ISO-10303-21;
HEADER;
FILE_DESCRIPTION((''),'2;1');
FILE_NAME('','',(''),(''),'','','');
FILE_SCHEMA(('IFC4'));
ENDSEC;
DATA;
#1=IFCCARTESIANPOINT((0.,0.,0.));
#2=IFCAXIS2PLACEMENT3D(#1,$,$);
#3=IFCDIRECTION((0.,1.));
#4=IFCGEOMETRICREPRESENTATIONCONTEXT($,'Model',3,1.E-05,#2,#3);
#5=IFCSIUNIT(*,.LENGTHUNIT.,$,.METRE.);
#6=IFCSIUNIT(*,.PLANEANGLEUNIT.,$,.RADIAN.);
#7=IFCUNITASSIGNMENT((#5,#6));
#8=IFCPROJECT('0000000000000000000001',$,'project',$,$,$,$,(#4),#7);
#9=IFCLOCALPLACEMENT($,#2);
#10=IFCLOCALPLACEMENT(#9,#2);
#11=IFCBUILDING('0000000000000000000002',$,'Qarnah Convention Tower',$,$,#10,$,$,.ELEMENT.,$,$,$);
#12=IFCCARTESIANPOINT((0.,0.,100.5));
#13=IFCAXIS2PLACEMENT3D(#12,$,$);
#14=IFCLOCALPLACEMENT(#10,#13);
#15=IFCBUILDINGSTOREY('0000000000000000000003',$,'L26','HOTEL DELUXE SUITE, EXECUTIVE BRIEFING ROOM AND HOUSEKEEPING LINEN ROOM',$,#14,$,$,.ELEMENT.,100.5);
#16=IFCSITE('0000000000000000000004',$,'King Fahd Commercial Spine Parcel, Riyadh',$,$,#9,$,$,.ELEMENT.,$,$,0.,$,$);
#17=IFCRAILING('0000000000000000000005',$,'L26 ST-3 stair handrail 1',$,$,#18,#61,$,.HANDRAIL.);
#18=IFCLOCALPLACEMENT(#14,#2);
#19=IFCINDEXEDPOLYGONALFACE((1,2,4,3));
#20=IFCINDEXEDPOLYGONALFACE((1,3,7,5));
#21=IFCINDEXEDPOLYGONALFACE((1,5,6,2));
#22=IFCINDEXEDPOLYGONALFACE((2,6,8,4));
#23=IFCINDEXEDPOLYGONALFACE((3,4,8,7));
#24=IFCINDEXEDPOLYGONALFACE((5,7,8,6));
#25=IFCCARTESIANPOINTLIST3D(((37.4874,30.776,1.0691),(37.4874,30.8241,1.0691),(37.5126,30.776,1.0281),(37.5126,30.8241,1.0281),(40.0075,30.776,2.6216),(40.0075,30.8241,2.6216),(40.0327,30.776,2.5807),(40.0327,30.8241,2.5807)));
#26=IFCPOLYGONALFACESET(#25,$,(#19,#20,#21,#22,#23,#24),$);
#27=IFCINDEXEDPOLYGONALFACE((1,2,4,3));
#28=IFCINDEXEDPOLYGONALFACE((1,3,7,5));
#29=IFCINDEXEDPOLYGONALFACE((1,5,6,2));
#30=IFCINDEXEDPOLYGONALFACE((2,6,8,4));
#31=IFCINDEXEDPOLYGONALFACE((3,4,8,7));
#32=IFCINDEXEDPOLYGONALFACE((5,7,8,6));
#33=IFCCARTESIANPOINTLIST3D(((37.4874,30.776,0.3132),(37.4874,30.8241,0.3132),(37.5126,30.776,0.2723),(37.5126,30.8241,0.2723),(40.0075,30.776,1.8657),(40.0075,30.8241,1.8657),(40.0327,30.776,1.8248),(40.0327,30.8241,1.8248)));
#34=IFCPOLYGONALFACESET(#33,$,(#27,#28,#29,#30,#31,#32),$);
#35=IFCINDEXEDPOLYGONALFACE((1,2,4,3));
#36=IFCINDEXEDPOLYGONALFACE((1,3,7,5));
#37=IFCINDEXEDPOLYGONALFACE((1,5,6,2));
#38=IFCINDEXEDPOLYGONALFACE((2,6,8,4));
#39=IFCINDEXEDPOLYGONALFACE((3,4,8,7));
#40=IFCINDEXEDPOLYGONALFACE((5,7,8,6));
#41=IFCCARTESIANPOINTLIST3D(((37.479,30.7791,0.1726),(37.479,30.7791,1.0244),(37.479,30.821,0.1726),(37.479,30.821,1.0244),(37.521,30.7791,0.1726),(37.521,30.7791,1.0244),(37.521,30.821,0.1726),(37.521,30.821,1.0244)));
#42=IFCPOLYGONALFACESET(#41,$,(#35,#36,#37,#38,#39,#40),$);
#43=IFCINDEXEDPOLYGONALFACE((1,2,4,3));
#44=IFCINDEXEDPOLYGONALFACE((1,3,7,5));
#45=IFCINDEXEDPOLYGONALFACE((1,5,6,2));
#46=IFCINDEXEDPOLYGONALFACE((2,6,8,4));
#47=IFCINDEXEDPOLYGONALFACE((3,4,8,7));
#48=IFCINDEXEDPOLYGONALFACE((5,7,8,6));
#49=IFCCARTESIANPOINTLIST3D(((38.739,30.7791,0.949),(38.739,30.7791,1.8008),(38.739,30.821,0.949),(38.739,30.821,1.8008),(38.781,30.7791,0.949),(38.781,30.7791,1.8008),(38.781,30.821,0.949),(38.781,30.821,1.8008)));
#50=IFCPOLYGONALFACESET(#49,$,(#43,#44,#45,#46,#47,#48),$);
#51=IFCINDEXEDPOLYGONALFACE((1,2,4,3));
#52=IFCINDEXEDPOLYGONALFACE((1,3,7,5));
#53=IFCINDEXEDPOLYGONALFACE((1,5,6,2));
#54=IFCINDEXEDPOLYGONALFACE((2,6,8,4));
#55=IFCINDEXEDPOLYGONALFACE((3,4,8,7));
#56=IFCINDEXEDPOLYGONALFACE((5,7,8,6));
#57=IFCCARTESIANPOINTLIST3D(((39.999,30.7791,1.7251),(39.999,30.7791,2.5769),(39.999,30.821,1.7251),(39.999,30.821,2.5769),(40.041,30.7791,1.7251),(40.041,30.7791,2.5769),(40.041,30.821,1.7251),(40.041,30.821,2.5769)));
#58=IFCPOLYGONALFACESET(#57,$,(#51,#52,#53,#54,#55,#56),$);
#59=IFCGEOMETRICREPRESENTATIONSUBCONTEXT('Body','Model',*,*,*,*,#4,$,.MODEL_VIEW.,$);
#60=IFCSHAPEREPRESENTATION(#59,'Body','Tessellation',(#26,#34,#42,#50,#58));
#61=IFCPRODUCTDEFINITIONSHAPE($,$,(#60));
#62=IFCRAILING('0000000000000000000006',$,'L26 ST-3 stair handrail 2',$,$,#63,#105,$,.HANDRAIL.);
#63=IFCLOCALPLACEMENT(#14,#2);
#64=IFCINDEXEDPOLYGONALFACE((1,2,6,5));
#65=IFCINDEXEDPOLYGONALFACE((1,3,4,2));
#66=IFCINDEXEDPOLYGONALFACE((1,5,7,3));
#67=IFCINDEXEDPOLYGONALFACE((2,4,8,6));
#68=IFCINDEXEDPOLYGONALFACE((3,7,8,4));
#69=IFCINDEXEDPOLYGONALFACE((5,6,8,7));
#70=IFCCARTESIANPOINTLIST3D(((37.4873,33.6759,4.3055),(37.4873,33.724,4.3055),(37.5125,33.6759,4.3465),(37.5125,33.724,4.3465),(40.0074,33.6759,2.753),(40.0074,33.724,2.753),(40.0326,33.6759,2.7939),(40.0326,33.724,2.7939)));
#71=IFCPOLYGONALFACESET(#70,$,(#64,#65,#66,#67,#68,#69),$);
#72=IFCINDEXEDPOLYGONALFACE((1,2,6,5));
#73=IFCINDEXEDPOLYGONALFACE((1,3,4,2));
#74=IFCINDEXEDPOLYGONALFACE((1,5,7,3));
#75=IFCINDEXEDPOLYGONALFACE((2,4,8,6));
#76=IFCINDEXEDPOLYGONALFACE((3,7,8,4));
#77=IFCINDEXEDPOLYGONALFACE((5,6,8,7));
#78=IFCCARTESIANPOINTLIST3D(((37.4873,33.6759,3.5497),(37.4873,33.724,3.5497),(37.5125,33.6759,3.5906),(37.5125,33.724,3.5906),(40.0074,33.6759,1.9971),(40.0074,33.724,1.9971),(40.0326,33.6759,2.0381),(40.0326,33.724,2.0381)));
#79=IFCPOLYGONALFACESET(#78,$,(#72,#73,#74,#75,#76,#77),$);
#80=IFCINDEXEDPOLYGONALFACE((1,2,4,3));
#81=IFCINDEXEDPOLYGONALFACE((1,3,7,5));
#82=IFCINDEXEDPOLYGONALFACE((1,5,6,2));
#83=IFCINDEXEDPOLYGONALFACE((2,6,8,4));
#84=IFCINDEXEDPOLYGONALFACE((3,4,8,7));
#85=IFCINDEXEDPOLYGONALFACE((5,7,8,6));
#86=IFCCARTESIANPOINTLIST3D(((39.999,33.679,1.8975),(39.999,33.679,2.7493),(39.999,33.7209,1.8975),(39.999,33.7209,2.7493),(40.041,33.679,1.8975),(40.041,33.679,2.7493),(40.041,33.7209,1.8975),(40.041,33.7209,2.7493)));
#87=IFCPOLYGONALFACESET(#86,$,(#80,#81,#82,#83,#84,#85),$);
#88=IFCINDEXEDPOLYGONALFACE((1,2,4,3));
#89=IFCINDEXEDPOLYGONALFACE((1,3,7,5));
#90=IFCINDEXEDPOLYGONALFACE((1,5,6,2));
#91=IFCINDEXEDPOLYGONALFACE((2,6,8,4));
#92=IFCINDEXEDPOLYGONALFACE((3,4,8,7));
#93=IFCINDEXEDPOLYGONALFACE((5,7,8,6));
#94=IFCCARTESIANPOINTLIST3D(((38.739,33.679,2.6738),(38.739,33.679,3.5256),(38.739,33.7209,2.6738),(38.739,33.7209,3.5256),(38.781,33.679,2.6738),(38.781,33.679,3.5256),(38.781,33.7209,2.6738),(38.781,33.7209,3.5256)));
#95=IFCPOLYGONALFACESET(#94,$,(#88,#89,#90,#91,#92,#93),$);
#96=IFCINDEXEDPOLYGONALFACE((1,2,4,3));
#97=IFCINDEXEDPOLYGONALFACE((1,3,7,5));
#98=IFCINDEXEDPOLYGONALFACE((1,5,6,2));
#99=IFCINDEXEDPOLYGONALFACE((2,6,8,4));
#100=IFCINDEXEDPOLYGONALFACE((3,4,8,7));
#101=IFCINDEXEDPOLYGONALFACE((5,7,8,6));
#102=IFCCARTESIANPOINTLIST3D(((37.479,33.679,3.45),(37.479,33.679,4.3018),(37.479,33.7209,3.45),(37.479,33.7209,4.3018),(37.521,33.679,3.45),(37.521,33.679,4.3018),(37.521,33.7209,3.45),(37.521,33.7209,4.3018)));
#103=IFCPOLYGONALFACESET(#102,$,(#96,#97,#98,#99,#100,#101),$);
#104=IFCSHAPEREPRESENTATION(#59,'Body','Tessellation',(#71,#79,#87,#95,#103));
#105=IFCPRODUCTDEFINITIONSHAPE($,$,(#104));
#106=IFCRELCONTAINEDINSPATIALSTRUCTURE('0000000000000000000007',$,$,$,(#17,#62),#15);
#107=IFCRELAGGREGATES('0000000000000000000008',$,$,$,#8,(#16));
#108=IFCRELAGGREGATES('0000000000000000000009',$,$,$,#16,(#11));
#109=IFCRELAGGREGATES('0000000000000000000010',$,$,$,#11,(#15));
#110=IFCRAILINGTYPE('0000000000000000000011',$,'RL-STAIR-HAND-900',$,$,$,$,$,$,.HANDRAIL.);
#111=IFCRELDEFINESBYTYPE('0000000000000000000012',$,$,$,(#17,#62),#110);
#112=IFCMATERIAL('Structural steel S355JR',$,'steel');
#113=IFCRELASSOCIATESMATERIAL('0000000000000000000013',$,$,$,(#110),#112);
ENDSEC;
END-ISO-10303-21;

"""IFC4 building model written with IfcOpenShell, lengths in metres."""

from ifc_helpers import new_model, si_unit, direction, frame, origin, origin_2d, place, context, subcontext, project, spatial, rectangle, extrude, material, type_object, element, save


model = new_model("IFC4")

# Units and contexts
model_context = context("Model", 3, precision=1e-05, world=origin(), true_north=direction((0.0, 1.0)))
body_context = subcontext(model_context, "Body", "Model", "MODEL_VIEW")
ifc_project = project(units=[si_unit("LENGTHUNIT", "METRE"), si_unit("PLANEANGLEUNIT", "RADIAN")], contexts=[model_context])

# Site, building, storey
site_placement = place(None, origin())
site = spatial("IfcSite", under=ifc_project, at=site_placement, Name="King Fahd Commercial Spine Parcel, Riyadh", CompositionType="ELEMENT", RefElevation=0.0)
building_placement = place(site_placement, origin())
building = spatial("IfcBuilding", under=site, at=building_placement, Name="Qarnah Convention Tower", CompositionType="ELEMENT")
storey_placement = place(building_placement, frame((0.0, 0.0, 100.5)))
storey = spatial("IfcBuildingStorey", under=building, at=storey_placement, Name="L26", Description="HOTEL DELUXE SUITE, EXECUTIVE BRIEFING ROOM AND HOUSEKEEPING LINEN ROOM", CompositionType="ELEMENT", Elevation=100.5)

# Shared definitions
ifc_material_1 = material(Name="Structural steel S355JR", Category="steel")

# Railings
railing_type_1 = type_object("IfcRailingType", Name="RL-STAIR-HAND-900", PredefinedType="HANDRAIL", material=ifc_material_1)
railing_1_placement = place(storey_placement, frame((37.5, 30.8, 0.1726)))
element("IfcRailing", 1, at=railing_1_placement, inside=storey, type_object=railing_type_1, Name="L26 ST-3 stair handrail 1", PredefinedType="HANDRAIL", context=body_context, shape_type="SweptSolid", body=[
    extrude(rectangle(XDim=0.0481, YDim=0.0481, at=origin_2d()), frame((0.0, 0.0, 0.876), z_axis=(0.8514, 0.0, 0.524516), x_axis=(0.0, 1.0, 0.0)), (0.0, 0.0, 1.0), 2.96),
    extrude(rectangle(XDim=0.0481, YDim=0.0481, at=origin_2d()), frame((0.0, 0.0, 0.1201), z_axis=(0.8514, 0.0, 0.524516), x_axis=(0.0, 1.0, 0.0)), (0.0, 0.0, 1.0), 2.96),
    extrude(rectangle(XDim=0.042, YDim=0.042, at=origin_2d()), origin(), (0.0, 0.0, 1.0), 0.8518),
    extrude(rectangle(XDim=0.042, YDim=0.042, at=origin_2d()), frame((1.26, 0.0, 0.7764)), (0.0, 0.0, 1.0), 0.8518),
    extrude(rectangle(XDim=0.042, YDim=0.042, at=origin_2d()), frame((2.52, 0.0, 1.5525)), (0.0, 0.0, 1.0), 0.8518),
])
railing_2_placement = place(storey_placement, frame((40.02, 33.7, 1.8975)))
element("IfcRailing", 2, at=railing_2_placement, inside=storey, type_object=railing_type_1, Name="L26 ST-3 stair handrail 2", PredefinedType="HANDRAIL", context=body_context, shape_type="SweptSolid", body=[
    extrude(rectangle(XDim=0.0481, YDim=0.0481, at=origin_2d()), frame((0.0, 0.0, 0.876), z_axis=(-0.8514, 0.0, 0.524516), x_axis=(0.0, -1.0, 0.0)), (0.0, 0.0, 1.0), 2.96),
    extrude(rectangle(XDim=0.0481, YDim=0.0481, at=origin_2d()), frame((0.0, 0.0, 0.1201), z_axis=(-0.8514, 0.0, 0.524516), x_axis=(0.0, -1.0, 0.0)), (0.0, 0.0, 1.0), 2.96),
    extrude(rectangle(XDim=0.042, YDim=0.042, at=origin_2d()), origin(), (0.0, 0.0, 1.0), 0.8518),
    extrude(rectangle(XDim=0.042, YDim=0.042, at=origin_2d()), frame((-1.26, 0.0, 0.7764)), (0.0, 0.0, 1.0), 0.8518),
    extrude(rectangle(XDim=0.042, YDim=0.042, at=origin_2d()), frame((-2.52, 0.0, 1.5525)), (0.0, 0.0, 1.0), 0.8518),
])

save(model, "model.ifc")
